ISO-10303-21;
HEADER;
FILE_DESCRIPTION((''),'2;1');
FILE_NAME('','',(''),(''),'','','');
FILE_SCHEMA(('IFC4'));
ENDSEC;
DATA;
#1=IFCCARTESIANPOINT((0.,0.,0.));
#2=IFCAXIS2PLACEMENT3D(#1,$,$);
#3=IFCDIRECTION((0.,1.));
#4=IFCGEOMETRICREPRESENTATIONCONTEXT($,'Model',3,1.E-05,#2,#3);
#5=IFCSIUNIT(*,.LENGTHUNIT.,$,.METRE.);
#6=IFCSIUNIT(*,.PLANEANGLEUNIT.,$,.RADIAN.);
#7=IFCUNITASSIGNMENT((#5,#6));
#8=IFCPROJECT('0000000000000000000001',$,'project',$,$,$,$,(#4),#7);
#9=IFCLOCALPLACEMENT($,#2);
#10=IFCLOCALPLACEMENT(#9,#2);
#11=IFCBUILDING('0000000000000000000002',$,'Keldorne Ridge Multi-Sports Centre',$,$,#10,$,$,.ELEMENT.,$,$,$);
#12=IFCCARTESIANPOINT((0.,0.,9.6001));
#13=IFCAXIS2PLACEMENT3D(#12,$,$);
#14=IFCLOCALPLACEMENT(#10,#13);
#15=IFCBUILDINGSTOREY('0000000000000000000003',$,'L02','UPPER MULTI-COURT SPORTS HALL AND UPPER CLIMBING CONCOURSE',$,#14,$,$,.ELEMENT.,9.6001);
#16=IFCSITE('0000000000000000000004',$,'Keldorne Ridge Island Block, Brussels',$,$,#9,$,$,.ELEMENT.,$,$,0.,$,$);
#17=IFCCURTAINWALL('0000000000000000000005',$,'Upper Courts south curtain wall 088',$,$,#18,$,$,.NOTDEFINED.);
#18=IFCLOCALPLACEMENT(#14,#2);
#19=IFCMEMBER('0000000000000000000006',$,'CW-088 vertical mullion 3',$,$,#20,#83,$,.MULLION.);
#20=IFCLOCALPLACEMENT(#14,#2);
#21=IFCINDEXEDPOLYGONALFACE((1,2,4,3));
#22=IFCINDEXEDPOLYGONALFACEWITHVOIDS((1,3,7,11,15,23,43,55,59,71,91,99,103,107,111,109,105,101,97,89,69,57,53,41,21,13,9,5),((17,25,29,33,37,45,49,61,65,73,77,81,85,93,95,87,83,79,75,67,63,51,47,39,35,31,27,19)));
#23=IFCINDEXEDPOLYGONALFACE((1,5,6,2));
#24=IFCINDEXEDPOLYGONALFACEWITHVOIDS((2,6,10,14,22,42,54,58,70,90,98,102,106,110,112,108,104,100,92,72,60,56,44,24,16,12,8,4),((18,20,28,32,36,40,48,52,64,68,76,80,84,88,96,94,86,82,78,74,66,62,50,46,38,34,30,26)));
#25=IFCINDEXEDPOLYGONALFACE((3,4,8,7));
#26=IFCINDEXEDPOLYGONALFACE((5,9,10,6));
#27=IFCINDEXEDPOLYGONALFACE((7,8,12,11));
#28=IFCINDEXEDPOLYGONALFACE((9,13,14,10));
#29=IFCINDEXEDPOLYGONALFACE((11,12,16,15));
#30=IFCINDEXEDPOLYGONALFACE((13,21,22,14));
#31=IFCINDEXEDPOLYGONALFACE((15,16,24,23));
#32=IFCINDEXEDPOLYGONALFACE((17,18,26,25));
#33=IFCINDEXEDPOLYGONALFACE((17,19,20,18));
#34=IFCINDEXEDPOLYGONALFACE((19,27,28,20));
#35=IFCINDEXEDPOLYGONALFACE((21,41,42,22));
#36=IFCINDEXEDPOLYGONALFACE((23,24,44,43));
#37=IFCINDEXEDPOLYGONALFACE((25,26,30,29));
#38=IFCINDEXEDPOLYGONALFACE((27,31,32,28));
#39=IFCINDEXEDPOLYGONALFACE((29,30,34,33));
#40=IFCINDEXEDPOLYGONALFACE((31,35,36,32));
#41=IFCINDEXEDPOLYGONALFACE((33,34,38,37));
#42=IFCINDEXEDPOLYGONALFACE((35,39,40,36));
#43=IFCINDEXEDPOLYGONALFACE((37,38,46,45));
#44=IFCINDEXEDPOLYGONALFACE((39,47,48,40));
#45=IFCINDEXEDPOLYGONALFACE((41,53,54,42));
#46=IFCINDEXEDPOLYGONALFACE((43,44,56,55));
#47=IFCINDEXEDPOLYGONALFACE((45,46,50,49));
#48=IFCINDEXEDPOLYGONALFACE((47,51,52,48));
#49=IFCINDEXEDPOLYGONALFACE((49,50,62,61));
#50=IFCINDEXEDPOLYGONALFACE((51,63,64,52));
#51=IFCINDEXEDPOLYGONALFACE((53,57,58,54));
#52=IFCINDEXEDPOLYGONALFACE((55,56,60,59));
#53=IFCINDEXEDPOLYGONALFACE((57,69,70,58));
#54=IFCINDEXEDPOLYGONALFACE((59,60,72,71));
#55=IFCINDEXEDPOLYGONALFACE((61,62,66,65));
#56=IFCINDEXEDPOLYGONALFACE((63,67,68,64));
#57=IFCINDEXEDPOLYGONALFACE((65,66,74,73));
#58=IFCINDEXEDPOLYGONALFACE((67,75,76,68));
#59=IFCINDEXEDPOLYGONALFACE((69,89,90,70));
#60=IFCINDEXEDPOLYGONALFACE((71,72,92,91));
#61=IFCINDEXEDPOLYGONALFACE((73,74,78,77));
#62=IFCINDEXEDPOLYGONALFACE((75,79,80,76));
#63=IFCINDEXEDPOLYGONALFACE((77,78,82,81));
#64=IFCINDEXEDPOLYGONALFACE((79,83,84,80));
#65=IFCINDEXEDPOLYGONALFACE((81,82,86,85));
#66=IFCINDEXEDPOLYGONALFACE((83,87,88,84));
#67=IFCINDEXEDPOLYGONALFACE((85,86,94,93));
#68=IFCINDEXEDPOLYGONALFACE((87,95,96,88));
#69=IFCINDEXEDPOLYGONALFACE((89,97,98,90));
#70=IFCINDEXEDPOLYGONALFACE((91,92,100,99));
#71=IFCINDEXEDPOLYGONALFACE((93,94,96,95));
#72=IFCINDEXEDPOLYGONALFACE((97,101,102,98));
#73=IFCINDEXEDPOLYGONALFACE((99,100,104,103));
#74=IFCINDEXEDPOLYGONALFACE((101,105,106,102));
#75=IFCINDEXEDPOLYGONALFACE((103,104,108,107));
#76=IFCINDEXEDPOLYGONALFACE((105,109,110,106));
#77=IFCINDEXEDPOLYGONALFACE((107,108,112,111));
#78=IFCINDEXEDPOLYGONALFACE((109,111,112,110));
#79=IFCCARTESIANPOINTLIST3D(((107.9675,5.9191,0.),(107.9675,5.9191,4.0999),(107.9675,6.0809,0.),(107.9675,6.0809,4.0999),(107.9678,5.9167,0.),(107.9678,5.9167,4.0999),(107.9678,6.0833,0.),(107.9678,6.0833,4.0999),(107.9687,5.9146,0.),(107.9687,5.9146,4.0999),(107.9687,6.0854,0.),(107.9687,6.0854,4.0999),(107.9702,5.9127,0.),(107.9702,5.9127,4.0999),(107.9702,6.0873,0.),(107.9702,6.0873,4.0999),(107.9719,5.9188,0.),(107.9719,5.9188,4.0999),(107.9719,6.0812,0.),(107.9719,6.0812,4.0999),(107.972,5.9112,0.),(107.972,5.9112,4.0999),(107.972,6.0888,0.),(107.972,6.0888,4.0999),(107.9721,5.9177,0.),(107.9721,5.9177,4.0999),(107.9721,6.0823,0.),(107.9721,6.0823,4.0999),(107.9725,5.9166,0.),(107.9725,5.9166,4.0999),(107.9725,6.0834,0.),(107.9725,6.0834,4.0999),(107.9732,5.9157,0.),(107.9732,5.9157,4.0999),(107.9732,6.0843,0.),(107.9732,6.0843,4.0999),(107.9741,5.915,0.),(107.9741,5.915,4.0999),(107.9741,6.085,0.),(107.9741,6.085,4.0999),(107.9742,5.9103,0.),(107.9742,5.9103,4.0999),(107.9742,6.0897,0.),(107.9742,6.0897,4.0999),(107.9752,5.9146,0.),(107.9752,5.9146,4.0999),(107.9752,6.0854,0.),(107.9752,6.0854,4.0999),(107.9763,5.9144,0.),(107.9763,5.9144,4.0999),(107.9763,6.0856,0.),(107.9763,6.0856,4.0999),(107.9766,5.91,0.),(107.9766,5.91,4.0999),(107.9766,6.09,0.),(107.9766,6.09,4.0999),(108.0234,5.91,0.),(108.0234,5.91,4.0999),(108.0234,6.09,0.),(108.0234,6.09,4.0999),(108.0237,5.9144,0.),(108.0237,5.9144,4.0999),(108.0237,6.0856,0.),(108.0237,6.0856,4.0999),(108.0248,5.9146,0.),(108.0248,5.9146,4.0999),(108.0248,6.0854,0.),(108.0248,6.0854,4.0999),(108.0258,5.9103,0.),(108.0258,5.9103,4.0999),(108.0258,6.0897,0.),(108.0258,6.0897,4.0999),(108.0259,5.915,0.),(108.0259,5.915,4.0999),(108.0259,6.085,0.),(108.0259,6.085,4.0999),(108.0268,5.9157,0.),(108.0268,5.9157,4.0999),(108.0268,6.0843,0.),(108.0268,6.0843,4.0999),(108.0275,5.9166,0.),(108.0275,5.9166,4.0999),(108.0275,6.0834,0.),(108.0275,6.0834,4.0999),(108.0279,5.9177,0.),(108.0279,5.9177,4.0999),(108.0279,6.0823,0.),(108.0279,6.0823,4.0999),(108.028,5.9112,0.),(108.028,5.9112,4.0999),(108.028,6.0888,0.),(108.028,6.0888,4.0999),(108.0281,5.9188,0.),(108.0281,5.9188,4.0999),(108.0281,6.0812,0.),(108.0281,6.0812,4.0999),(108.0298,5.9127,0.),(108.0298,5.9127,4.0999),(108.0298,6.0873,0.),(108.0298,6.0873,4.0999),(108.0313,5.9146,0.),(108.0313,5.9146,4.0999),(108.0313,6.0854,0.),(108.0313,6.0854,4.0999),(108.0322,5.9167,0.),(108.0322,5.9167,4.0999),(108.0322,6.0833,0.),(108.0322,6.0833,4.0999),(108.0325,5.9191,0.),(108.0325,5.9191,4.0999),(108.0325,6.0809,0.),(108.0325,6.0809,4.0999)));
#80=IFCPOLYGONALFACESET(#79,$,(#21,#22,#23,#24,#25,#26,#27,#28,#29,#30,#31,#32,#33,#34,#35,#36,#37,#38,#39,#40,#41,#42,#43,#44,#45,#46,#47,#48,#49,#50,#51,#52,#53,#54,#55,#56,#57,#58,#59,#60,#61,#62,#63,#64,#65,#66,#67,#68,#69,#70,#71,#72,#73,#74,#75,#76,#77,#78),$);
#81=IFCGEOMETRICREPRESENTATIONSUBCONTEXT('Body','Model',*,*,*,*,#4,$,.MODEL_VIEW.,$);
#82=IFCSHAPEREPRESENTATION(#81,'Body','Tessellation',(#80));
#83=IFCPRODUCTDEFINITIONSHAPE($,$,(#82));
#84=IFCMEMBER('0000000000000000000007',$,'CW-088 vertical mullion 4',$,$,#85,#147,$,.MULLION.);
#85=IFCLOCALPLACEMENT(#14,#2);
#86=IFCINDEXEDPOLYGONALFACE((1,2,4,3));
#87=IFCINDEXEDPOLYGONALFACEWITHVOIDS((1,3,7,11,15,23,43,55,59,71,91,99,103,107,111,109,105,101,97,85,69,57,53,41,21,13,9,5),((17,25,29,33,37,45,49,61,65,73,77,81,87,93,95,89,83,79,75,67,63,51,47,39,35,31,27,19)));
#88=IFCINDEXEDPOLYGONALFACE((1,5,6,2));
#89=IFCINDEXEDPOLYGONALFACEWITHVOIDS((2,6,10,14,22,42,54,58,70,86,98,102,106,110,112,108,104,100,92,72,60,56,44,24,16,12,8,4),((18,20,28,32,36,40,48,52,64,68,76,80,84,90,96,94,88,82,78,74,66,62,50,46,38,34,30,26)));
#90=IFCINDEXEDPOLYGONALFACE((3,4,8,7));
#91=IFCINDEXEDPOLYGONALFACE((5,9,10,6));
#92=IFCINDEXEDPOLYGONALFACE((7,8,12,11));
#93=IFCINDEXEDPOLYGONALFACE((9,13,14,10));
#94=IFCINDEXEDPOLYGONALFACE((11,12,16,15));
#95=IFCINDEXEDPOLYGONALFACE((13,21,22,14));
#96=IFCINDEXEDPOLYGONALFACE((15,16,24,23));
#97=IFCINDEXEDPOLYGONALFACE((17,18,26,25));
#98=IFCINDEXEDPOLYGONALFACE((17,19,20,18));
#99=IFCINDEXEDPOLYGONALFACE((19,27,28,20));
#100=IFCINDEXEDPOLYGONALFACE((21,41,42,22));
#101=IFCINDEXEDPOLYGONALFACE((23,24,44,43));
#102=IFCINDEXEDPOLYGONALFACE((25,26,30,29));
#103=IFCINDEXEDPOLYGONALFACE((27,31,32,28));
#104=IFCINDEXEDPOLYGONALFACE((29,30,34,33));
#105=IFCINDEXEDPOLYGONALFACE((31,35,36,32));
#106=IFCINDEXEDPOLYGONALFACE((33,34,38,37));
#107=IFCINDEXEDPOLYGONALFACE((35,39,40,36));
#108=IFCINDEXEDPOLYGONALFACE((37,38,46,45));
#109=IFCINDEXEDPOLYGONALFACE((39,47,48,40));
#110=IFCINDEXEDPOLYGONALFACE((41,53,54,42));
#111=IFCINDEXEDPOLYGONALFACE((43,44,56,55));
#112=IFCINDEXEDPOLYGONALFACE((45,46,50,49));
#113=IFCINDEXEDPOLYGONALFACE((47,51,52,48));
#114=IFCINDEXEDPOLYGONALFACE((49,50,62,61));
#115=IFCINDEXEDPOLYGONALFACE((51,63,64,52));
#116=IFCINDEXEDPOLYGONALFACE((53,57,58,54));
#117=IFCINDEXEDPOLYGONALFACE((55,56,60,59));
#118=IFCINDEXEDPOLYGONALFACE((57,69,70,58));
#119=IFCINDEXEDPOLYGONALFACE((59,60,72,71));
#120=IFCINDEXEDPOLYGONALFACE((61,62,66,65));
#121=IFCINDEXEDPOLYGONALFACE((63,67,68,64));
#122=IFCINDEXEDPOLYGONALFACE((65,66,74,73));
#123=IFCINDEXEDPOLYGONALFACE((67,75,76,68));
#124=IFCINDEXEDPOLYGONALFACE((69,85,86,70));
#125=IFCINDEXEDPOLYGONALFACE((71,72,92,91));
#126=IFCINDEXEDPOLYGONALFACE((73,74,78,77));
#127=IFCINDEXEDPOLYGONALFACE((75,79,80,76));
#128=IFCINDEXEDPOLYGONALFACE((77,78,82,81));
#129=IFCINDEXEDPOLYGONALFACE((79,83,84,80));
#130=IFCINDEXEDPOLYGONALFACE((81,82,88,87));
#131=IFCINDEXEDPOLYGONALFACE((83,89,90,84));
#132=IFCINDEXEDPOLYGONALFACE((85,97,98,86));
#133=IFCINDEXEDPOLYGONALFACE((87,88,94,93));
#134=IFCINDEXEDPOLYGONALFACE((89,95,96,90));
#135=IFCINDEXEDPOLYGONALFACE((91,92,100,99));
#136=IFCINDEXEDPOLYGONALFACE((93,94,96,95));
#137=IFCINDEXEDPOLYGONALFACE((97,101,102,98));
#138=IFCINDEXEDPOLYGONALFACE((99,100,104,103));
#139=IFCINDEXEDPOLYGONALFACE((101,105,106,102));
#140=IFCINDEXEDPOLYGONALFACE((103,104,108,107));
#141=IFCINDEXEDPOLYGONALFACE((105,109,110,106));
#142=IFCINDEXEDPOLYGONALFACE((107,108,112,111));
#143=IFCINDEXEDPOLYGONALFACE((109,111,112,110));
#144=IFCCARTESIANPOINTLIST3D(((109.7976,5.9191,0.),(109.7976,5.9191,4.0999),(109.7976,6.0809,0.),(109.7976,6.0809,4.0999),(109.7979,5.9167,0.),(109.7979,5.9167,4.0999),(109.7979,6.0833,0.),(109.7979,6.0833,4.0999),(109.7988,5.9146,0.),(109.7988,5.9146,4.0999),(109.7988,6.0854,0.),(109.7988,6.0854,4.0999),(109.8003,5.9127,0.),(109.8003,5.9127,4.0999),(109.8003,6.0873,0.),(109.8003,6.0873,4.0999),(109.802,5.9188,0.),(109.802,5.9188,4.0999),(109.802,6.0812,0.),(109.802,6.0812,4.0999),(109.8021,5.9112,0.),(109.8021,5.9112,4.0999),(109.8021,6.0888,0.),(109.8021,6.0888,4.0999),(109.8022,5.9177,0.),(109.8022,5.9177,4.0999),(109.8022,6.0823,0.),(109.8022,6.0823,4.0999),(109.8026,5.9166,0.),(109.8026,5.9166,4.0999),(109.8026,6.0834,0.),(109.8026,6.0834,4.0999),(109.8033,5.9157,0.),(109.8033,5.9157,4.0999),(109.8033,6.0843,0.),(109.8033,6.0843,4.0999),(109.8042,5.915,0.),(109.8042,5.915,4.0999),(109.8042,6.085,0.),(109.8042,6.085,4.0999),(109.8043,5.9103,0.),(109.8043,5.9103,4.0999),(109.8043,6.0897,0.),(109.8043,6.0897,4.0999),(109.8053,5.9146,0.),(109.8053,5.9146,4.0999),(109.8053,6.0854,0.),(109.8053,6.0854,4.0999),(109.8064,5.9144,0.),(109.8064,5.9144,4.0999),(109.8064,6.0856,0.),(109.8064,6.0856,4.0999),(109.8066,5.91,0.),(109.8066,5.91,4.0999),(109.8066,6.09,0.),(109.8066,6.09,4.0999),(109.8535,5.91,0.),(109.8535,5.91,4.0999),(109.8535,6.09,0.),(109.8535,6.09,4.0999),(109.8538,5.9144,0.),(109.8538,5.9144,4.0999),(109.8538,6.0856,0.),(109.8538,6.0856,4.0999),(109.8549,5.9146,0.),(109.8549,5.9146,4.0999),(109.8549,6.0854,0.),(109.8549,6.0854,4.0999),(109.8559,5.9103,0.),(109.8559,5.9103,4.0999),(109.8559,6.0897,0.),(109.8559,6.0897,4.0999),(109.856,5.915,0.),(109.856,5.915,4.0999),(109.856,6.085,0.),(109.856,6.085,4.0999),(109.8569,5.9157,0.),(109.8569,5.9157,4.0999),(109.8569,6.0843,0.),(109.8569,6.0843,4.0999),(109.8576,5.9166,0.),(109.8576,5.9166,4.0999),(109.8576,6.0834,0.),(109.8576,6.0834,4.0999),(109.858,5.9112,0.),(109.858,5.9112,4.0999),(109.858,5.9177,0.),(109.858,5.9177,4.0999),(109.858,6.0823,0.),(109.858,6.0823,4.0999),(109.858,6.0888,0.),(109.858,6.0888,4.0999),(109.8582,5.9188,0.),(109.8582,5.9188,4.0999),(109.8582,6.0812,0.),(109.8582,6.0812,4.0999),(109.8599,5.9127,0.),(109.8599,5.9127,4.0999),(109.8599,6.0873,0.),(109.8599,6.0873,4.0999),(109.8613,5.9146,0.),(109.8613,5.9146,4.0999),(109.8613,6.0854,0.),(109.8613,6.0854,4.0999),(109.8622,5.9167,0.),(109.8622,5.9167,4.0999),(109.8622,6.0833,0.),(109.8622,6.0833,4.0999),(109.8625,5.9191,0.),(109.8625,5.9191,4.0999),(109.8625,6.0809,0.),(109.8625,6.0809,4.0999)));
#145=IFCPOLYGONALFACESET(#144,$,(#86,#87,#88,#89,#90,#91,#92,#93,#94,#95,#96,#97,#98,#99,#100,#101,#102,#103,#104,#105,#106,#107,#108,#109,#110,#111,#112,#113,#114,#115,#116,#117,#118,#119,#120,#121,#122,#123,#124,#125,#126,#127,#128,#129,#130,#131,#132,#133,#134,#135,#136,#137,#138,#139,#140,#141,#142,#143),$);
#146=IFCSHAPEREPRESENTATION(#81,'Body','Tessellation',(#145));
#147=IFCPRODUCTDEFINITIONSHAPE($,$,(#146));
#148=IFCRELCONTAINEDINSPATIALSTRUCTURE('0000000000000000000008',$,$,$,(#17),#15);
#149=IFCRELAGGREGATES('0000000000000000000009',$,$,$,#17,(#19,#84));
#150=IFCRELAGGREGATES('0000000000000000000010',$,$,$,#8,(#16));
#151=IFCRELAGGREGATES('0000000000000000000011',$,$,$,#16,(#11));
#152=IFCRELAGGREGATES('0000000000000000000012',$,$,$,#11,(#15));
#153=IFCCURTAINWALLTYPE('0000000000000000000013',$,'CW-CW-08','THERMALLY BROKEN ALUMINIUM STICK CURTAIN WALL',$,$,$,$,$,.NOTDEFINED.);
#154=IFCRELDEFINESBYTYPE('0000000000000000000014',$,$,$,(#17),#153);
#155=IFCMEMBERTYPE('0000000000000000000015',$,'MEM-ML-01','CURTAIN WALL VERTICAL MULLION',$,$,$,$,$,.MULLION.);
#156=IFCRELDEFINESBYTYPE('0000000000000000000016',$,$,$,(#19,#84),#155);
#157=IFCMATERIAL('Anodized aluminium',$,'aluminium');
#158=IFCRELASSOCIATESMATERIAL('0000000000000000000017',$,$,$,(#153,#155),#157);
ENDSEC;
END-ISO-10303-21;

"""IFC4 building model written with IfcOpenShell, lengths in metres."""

from ifc_helpers import new_model, si_unit, direction, frame, origin, origin_2d, place, context, subcontext, project, spatial, hollow_rectangle, extrude, material, material_profile, profile_set, type_object, element, aggregate, save


model = new_model("IFC4")

# Units and contexts
model_context = context("Model", 3, precision=1e-05, world=origin(), true_north=direction((0.0, 1.0)))
body_context = subcontext(model_context, "Body", "Model", "MODEL_VIEW")
ifc_project = project(units=[si_unit("LENGTHUNIT", "METRE"), si_unit("PLANEANGLEUNIT", "RADIAN")], contexts=[model_context])

# Site, building, storey
site_placement = place(None, origin())
site = spatial("IfcSite", under=ifc_project, at=site_placement, Name="Keldorne Ridge Island Block, Brussels", CompositionType="ELEMENT", RefElevation=0.0)
building_placement = place(site_placement, origin())
building = spatial("IfcBuilding", under=site, at=building_placement, Name="Keldorne Ridge Multi-Sports Centre", CompositionType="ELEMENT")
storey_placement = place(building_placement, frame((0.0, 0.0, 9.6001)))
storey = spatial("IfcBuildingStorey", under=building, at=storey_placement, Name="L02", Description="UPPER MULTI-COURT SPORTS HALL AND UPPER CLIMBING CONCOURSE", CompositionType="ELEMENT", Elevation=9.6001)

# Curtain wall, members
ifc_material_1 = material(Name="Anodized aluminium", Category="aluminium")
curtain_wall_type = type_object("IfcCurtainWallType", Name="CW-CW-08", Description="THERMALLY BROKEN ALUMINIUM STICK CURTAIN WALL", PredefinedType="NOTDEFINED", material=ifc_material_1)
curtain_wall_placement = place(storey_placement, origin())
curtain_wall = element("IfcCurtainWall", 1, at=curtain_wall_placement, inside=storey, type_object=curtain_wall_type, Name="Upper Courts south curtain wall 088", PredefinedType="NOTDEFINED")
ifc_material_profile_1 = material_profile(ifc_material_1, hollow_rectangle(XDim=0.0649, YDim=0.1799, WallThickness=0.0044, InnerFilletRadius=0.0044, OuterFilletRadius=0.009, at=origin_2d()), Name="ALU MULLION 180x65x4.5")
ifc_profile_set_1 = profile_set([ifc_material_profile_1], Name="Anodized aluminium")
member_type_1 = type_object("IfcMemberType", Name="MEM-ML-01", Description="CURTAIN WALL VERTICAL MULLION", PredefinedType="MULLION", material=ifc_profile_set_1)
member_1_placement = place(storey_placement, frame((108.0, 6.0, 0.0), z_axis=(0.0, 0.0, 1.0), x_axis=(1.0, 0.0, 0.0)))
member_1 = element("IfcMember", 2, at=member_1_placement, type_object=member_type_1, Name="CW-088 vertical mullion 3", PredefinedType="MULLION", context=body_context, shape_type="SweptSolid", body=[
    extrude(hollow_rectangle(XDim=0.0649, YDim=0.1799, WallThickness=0.0044, InnerFilletRadius=0.0044, OuterFilletRadius=0.009, at=origin_2d()), origin(), (0.0, 0.0, 1.0), 4.0999),
])
member_2_placement = place(storey_placement, frame((109.8301, 6.0, 0.0), z_axis=(0.0, 0.0, 1.0), x_axis=(1.0, 0.0, 0.0)))
member_2 = element("IfcMember", 3, at=member_2_placement, type_object=member_type_1, Name="CW-088 vertical mullion 4", PredefinedType="MULLION", context=body_context, shape_type="SweptSolid", body=[
    extrude(hollow_rectangle(XDim=0.0649, YDim=0.1799, WallThickness=0.0044, InnerFilletRadius=0.0044, OuterFilletRadius=0.009, at=origin_2d()), origin(), (0.0, 0.0, 1.0), 4.0999),
])
aggregate(curtain_wall, [member_1, member_2])

save(model, "model.ifc")
